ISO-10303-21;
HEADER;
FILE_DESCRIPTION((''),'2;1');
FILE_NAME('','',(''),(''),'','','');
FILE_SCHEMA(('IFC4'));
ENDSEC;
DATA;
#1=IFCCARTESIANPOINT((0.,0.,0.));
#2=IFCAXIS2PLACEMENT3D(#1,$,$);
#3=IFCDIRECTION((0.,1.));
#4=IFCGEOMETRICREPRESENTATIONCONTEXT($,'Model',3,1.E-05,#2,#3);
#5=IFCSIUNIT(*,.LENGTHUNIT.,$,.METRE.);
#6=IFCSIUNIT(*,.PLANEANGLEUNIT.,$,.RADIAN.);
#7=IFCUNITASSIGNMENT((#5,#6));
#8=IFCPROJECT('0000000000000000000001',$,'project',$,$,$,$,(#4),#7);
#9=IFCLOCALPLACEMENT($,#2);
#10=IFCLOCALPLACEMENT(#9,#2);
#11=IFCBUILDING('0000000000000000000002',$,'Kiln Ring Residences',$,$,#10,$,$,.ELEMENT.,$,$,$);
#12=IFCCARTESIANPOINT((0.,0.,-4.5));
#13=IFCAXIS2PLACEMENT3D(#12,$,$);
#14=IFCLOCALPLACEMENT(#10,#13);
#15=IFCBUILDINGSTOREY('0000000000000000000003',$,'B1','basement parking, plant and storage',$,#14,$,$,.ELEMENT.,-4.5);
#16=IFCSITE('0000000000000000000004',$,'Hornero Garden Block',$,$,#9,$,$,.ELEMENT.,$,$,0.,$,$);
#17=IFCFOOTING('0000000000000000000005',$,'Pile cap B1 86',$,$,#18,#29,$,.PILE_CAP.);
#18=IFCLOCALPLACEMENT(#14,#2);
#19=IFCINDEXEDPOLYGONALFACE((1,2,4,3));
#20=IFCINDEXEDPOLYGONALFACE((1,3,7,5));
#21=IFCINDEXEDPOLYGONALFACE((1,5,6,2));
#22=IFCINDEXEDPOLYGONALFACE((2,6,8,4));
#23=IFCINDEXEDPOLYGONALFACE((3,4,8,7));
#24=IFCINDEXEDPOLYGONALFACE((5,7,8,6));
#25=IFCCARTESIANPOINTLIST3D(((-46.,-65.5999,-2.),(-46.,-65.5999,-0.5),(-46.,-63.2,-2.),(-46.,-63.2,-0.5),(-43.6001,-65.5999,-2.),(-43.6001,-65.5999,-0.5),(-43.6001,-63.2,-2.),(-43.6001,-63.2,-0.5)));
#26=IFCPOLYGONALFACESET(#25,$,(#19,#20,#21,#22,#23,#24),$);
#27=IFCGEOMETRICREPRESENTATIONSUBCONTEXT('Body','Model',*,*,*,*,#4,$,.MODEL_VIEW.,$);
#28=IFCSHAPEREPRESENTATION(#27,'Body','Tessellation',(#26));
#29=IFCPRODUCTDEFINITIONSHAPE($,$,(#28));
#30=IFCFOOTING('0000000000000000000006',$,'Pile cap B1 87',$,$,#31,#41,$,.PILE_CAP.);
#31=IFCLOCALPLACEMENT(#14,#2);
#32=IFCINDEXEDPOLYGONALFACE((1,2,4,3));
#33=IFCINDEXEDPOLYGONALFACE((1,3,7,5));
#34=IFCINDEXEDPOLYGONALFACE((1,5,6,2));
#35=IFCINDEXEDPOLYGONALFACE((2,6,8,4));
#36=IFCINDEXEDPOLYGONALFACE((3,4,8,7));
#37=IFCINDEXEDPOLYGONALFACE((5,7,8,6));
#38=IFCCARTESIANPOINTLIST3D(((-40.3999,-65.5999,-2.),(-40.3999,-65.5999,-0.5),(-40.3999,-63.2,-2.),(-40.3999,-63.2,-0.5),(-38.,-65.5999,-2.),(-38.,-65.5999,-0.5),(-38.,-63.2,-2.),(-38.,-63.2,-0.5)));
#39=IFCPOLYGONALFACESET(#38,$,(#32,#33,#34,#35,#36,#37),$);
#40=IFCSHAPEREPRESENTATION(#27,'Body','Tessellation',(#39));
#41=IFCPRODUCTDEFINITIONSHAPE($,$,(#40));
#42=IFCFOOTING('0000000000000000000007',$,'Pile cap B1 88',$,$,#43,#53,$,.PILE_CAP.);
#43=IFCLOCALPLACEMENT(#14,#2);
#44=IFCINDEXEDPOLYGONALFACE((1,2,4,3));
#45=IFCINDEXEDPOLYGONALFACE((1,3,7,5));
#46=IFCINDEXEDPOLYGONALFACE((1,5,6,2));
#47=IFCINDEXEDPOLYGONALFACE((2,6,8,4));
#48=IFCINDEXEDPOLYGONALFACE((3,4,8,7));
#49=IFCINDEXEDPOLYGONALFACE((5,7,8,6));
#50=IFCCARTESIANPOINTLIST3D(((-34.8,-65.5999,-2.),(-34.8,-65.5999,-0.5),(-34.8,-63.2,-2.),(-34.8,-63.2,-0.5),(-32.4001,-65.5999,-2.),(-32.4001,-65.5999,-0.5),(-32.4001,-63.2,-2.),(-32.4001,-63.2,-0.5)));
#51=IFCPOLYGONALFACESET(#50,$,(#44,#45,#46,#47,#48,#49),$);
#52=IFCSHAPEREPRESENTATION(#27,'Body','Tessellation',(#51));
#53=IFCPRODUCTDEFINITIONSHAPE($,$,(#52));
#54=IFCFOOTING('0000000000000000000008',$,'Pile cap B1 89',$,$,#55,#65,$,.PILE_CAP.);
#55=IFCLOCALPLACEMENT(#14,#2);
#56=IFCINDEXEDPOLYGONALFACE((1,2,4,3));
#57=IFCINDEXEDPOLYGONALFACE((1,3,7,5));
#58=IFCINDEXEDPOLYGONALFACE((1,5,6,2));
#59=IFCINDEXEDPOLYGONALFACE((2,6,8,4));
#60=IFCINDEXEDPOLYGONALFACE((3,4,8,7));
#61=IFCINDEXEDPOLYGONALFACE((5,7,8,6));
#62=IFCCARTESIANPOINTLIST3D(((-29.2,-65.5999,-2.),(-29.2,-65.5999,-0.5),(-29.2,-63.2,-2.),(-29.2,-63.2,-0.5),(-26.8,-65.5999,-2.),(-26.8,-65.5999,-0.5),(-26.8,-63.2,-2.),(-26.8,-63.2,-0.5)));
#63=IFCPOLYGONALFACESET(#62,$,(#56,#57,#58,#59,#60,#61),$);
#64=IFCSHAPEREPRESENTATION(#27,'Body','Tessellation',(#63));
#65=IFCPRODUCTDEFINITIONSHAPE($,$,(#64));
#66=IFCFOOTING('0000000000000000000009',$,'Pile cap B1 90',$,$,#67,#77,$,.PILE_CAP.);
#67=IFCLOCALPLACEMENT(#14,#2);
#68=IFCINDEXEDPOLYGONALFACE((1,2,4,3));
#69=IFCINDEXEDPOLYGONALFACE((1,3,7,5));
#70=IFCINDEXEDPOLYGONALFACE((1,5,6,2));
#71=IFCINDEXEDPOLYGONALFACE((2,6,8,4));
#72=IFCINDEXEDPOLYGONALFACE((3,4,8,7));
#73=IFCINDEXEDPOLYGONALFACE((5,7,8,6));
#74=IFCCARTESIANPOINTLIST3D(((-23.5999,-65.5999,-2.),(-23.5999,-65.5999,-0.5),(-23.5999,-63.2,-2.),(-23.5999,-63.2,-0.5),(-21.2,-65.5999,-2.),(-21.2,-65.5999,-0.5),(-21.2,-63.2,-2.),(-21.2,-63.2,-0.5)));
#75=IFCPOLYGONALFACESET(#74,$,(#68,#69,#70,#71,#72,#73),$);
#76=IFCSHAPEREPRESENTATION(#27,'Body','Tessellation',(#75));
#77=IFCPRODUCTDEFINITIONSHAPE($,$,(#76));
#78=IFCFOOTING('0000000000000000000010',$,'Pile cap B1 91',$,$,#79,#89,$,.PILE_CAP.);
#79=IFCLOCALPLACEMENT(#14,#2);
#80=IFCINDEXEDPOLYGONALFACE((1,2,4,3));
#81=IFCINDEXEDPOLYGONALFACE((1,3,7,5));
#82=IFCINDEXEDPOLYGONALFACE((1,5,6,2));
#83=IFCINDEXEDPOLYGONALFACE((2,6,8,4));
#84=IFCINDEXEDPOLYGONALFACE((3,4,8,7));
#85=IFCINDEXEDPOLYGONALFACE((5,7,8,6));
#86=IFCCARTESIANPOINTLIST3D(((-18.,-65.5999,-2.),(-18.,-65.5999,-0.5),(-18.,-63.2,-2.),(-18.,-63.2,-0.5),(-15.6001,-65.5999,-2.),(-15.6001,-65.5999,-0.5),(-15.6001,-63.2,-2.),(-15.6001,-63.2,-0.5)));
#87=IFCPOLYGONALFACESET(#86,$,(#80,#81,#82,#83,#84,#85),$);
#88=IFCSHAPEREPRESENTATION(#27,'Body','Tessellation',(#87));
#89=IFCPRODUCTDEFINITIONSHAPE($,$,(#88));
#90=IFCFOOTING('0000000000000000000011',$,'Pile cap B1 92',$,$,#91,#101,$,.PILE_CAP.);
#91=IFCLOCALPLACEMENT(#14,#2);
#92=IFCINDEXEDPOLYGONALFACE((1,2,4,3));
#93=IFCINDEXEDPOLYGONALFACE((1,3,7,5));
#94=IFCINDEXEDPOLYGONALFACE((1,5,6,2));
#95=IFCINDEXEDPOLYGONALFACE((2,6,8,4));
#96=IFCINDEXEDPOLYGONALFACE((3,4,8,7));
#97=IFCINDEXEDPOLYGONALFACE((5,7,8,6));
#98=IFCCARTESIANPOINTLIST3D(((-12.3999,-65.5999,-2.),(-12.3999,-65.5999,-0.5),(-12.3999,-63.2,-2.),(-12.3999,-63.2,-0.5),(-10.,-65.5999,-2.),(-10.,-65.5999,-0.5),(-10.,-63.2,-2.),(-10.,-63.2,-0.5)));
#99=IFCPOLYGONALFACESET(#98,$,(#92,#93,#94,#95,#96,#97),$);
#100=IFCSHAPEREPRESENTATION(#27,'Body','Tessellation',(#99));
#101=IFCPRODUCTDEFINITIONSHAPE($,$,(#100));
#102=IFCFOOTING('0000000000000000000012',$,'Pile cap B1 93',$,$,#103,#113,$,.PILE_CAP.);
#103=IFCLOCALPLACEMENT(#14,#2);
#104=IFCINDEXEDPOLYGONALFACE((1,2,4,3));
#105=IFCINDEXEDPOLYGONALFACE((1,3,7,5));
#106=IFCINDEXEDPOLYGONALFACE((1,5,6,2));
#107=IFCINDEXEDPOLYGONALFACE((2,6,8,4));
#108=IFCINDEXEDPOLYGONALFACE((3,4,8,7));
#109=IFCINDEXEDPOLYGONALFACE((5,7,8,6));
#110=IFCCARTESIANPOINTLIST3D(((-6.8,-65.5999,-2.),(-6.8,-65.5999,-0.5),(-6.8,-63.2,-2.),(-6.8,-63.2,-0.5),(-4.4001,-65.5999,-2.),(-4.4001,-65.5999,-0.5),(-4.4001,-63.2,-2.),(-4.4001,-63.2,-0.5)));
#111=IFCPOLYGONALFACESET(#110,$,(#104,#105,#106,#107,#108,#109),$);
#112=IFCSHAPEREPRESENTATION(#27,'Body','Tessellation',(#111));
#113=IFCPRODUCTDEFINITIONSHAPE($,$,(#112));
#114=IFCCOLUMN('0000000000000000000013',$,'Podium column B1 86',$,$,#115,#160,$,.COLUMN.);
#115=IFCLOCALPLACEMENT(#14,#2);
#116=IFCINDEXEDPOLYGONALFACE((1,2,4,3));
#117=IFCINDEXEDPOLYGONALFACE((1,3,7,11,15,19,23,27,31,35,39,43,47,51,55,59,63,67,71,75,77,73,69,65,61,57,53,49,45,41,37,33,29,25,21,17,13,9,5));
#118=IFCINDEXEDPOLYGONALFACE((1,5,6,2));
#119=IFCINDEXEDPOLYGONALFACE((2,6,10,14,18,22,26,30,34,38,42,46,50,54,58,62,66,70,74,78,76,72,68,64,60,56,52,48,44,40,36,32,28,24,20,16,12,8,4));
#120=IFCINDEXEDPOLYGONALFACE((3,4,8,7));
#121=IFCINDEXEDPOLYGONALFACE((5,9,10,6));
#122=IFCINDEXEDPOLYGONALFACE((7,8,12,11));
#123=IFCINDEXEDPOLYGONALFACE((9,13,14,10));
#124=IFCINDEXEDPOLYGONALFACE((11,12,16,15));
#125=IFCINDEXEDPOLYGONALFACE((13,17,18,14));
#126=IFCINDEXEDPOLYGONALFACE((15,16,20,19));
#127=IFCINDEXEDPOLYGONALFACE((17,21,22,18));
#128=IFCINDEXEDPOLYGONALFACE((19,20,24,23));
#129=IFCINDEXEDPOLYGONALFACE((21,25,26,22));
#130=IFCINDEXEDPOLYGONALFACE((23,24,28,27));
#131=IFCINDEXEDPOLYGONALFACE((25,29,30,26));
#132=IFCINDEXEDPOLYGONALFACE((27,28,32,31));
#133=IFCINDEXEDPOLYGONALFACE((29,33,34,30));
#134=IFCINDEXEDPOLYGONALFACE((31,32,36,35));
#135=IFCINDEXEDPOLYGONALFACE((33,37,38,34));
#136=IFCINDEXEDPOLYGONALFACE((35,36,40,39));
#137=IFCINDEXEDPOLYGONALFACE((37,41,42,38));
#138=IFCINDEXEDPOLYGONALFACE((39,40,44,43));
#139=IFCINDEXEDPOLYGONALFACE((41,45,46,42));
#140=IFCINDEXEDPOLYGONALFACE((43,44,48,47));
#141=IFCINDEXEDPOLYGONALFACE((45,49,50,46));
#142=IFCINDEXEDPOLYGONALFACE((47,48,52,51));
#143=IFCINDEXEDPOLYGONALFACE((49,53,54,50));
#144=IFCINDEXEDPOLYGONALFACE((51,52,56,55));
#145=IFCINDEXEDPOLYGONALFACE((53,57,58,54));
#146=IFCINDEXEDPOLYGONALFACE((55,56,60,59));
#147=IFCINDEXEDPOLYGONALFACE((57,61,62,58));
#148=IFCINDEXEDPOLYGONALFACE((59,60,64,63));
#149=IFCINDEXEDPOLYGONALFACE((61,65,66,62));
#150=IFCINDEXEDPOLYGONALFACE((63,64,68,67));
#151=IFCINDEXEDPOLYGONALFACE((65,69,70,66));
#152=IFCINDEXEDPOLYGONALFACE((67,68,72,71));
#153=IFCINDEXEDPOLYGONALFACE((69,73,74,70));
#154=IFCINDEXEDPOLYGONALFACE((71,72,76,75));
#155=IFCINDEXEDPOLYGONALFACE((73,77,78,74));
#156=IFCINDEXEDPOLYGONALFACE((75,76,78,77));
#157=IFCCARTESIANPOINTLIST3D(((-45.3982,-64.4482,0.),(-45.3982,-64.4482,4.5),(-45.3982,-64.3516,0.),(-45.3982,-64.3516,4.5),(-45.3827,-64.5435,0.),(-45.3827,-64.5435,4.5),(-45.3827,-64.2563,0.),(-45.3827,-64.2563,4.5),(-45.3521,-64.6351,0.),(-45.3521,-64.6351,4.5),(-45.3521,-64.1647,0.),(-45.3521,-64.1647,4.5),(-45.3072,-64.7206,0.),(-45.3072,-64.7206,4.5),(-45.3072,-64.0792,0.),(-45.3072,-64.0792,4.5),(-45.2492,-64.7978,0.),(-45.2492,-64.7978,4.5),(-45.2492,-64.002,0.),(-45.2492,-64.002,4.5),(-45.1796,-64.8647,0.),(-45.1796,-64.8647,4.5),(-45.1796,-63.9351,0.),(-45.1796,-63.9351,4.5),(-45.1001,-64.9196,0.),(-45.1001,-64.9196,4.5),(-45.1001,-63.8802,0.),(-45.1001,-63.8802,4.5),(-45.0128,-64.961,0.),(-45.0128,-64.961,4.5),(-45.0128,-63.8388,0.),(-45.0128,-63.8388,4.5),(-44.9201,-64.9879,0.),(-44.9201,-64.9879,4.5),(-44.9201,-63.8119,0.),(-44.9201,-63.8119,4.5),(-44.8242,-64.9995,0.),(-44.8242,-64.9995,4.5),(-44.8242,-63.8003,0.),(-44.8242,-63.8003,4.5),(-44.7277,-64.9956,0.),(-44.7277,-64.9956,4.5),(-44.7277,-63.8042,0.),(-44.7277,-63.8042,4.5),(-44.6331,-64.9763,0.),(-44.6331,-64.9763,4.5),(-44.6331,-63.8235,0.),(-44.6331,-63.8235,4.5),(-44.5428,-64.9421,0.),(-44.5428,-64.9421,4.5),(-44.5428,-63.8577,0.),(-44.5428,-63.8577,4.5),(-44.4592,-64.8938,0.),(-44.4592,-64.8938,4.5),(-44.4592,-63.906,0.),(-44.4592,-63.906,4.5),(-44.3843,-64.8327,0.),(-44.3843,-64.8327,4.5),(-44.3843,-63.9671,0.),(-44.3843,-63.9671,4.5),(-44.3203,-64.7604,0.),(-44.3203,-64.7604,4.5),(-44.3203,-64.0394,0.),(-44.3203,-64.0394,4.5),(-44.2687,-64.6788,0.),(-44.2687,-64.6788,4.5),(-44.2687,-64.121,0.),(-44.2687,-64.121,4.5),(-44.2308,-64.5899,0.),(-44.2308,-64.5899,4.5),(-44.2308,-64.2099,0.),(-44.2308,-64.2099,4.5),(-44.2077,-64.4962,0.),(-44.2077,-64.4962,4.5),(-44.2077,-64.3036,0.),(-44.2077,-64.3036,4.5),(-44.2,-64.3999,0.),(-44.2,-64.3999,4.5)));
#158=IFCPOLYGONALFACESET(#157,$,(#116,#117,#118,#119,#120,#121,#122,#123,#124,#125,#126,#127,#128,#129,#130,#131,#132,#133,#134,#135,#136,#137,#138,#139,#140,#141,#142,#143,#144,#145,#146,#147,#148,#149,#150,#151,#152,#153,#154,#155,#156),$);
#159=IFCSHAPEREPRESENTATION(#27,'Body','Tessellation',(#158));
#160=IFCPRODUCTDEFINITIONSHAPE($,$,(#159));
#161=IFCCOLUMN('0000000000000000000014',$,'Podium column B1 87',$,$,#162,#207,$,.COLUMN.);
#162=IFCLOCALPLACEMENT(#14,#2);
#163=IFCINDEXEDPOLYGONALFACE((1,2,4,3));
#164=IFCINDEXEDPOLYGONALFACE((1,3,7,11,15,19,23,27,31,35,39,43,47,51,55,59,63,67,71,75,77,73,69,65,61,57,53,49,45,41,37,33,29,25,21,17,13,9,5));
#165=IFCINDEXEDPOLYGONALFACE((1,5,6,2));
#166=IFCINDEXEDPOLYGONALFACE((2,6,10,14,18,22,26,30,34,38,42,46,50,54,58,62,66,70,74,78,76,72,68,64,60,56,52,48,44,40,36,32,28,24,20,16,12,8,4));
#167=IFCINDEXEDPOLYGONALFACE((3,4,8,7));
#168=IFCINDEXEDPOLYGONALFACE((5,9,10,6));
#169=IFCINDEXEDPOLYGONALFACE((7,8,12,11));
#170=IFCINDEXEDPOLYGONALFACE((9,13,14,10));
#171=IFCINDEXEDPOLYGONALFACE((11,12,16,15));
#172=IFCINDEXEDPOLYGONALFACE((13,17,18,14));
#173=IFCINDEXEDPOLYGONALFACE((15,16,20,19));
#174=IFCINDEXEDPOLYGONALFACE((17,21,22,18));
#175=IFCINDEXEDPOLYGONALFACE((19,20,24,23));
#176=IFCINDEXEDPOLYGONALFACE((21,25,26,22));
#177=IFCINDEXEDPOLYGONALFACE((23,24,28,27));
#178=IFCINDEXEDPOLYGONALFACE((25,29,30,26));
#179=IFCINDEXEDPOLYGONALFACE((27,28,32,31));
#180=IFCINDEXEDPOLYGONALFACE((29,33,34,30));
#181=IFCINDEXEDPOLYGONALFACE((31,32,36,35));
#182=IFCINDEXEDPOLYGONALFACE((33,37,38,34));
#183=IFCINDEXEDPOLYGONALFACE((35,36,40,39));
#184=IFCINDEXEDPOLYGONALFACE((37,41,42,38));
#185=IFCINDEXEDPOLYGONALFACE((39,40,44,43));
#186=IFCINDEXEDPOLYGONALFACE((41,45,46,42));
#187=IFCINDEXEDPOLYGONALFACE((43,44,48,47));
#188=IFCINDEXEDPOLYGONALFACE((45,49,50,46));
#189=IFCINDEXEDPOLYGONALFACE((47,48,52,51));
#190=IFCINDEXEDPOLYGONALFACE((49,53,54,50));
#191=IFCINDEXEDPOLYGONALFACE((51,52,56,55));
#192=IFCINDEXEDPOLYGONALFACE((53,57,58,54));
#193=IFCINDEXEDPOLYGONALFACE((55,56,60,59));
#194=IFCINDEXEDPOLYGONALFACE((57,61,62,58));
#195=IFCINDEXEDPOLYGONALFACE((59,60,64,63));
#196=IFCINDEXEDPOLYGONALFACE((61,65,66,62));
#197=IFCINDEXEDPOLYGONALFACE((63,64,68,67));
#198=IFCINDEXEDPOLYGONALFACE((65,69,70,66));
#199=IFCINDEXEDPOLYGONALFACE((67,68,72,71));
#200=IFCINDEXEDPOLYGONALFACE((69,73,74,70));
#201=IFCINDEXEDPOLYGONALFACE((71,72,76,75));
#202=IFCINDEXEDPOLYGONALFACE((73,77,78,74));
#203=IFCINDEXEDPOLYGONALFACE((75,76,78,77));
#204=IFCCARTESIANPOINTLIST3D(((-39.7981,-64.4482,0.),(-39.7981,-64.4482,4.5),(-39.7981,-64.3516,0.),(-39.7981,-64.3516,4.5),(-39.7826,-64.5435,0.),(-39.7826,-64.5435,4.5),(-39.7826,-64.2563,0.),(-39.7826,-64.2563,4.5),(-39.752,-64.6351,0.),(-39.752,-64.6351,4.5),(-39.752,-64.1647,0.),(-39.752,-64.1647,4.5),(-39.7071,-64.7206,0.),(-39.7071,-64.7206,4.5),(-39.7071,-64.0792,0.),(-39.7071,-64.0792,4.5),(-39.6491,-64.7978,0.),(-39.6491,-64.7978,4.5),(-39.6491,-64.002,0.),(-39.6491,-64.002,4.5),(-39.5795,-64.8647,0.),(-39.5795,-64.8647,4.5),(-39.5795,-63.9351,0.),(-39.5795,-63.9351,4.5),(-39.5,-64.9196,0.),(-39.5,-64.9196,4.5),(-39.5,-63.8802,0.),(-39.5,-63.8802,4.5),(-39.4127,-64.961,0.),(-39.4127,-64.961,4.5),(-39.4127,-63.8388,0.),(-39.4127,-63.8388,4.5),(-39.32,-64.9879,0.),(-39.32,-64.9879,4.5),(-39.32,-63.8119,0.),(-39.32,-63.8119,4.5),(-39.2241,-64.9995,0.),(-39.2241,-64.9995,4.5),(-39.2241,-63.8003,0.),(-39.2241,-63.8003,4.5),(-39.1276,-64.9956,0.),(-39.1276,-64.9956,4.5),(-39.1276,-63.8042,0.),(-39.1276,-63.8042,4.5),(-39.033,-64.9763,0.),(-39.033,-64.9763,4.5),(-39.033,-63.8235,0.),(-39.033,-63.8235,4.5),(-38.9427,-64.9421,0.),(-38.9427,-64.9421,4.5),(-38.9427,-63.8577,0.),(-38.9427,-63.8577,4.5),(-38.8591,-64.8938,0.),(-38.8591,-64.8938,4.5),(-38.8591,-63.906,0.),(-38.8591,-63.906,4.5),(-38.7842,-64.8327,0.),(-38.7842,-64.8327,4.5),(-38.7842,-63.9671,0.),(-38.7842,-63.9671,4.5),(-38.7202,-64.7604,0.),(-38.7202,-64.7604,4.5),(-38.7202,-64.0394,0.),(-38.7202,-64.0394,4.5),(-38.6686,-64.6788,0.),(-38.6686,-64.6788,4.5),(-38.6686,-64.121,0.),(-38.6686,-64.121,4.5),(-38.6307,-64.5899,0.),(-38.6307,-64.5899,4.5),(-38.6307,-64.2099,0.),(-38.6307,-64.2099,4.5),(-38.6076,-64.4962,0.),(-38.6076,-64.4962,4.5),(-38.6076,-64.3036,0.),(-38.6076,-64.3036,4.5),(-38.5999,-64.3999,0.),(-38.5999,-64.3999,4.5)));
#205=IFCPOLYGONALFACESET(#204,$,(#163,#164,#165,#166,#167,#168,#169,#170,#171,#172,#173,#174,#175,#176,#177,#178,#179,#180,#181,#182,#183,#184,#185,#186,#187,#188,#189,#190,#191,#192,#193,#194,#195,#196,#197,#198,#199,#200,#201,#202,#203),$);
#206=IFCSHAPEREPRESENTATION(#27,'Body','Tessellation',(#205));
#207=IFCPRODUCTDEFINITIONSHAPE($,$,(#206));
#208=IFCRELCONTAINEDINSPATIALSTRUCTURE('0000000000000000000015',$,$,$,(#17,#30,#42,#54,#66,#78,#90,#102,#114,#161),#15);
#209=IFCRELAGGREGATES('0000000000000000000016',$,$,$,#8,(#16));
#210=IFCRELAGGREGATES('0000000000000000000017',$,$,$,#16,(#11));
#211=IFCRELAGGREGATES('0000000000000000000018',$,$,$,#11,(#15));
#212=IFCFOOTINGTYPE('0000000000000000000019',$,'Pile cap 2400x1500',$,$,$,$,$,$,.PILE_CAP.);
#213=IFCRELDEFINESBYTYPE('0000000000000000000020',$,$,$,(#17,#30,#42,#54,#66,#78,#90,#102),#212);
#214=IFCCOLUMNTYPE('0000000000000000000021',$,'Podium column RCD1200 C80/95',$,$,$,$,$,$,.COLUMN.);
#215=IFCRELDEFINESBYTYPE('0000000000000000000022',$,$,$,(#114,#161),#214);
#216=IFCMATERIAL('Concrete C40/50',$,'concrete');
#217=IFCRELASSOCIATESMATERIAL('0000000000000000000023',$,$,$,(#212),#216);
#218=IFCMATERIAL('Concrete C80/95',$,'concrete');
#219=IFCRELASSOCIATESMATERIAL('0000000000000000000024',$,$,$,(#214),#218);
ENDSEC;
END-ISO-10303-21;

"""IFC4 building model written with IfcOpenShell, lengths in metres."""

from ifc_helpers import new_model, si_unit, direction, frame, origin, origin_2d, place, context, subcontext, project, spatial, rectangle, circle, extrude, material, material_profile, profile_set, type_object, element, save


model = new_model("IFC4")

# Units and contexts
model_context = context("Model", 3, precision=1e-05, world=origin(), true_north=direction((0.0, 1.0)))
body_context = subcontext(model_context, "Body", "Model", "MODEL_VIEW")
ifc_project = project(units=[si_unit("LENGTHUNIT", "METRE"), si_unit("PLANEANGLEUNIT", "RADIAN")], contexts=[model_context])

# Site, building, storey
site_placement = place(None, origin())
site = spatial("IfcSite", under=ifc_project, at=site_placement, Name="Hornero Garden Block", CompositionType="ELEMENT", RefElevation=0.0)
building_placement = place(site_placement, origin())
building = spatial("IfcBuilding", under=site, at=building_placement, Name="Kiln Ring Residences", CompositionType="ELEMENT")
storey_placement = place(building_placement, frame((0.0, 0.0, -4.5)))
storey = spatial("IfcBuildingStorey", under=building, at=storey_placement, Name="B1", Description="basement parking, plant and storage", CompositionType="ELEMENT", Elevation=-4.5)

# Footings
ifc_material_1 = material(Name="Concrete C40/50", Category="concrete")
footing_type = type_object("IfcFootingType", Name="Pile cap 2400x1500", PredefinedType="PILE_CAP", material=ifc_material_1)
for number, where, z_axis, x_axis, name in (
    (1, (-44.8, -64.3999, -2.0), (0.0, 0.0, 1.0), (1.0, 0.0, 0.0), "Pile cap B1 86"),
    (2, (-39.2, -64.3999, -2.0), (0.0, 0.0, 1.0), (1.0, 0.0, 0.0), "Pile cap B1 87"),
    (3, (-33.6001, -64.3999, -2.0), (0.0, 0.0, 1.0), (1.0, 0.0, 0.0), "Pile cap B1 88"),
    (4, (-28.0, -64.3999, -2.0), (0.0, 0.0, 1.0), (1.0, 0.0, 0.0), "Pile cap B1 89"),
    (5, (-22.3999, -64.3999, -2.0), (0.0, 0.0, 1.0), (1.0, 0.0, 0.0), "Pile cap B1 90"),
    (6, (-16.8, -64.3999, -2.0), (0.0, 0.0, 1.0), (1.0, 0.0, 0.0), "Pile cap B1 91"),
    (7, (-11.2, -64.3999, -2.0), (0.0, 0.0, 1.0), (1.0, 0.0, 0.0), "Pile cap B1 92"),
    (8, (-5.6001, -64.3999, -2.0), (0.0, 0.0, 1.0), (1.0, 0.0, 0.0), "Pile cap B1 93"),
):
    element("IfcFooting", number, at=place(storey_placement, frame(where, z_axis=z_axis, x_axis=x_axis)), inside=storey, type_object=footing_type, Name=name, PredefinedType="PILE_CAP", context=body_context, shape_type="SweptSolid", body=[
        extrude(rectangle(XDim=2.3999, YDim=2.3999, at=origin_2d()), origin(), (0.0, 0.0, 1.0), 1.5),
    ])

# Columns
ifc_material_2 = material(Name="Concrete C80/95", Category="concrete")
ifc_material_profile_1 = material_profile(ifc_material_2, circle(Radius=0.6001, at=origin_2d()), Name="RCD1200")
ifc_profile_set_1 = profile_set([ifc_material_profile_1], Name="Concrete C80/95")
column_type = type_object("IfcColumnType", Name="Podium column RCD1200 C80/95", PredefinedType="COLUMN", material=ifc_profile_set_1)
for number, where, z_axis, x_axis, name in (
    (9, (-44.8, -64.3999, 0.0), (0.0, 0.0, 1.0), (1.0, 0.0, 0.0), "Podium column B1 86"),
    (10, (-39.2, -64.3999, 0.0), (0.0, 0.0, 1.0), (1.0, 0.0, 0.0), "Podium column B1 87"),
):
    element("IfcColumn", number, at=place(storey_placement, frame(where, z_axis=z_axis, x_axis=x_axis)), inside=storey, type_object=column_type, Name=name, PredefinedType="COLUMN", context=body_context, shape_type="SweptSolid", body=[
        extrude(circle(Radius=0.6001, at=origin_2d()), origin(), (0.0, 0.0, 1.0), 4.5),
    ])

save(model, "model.ifc")
